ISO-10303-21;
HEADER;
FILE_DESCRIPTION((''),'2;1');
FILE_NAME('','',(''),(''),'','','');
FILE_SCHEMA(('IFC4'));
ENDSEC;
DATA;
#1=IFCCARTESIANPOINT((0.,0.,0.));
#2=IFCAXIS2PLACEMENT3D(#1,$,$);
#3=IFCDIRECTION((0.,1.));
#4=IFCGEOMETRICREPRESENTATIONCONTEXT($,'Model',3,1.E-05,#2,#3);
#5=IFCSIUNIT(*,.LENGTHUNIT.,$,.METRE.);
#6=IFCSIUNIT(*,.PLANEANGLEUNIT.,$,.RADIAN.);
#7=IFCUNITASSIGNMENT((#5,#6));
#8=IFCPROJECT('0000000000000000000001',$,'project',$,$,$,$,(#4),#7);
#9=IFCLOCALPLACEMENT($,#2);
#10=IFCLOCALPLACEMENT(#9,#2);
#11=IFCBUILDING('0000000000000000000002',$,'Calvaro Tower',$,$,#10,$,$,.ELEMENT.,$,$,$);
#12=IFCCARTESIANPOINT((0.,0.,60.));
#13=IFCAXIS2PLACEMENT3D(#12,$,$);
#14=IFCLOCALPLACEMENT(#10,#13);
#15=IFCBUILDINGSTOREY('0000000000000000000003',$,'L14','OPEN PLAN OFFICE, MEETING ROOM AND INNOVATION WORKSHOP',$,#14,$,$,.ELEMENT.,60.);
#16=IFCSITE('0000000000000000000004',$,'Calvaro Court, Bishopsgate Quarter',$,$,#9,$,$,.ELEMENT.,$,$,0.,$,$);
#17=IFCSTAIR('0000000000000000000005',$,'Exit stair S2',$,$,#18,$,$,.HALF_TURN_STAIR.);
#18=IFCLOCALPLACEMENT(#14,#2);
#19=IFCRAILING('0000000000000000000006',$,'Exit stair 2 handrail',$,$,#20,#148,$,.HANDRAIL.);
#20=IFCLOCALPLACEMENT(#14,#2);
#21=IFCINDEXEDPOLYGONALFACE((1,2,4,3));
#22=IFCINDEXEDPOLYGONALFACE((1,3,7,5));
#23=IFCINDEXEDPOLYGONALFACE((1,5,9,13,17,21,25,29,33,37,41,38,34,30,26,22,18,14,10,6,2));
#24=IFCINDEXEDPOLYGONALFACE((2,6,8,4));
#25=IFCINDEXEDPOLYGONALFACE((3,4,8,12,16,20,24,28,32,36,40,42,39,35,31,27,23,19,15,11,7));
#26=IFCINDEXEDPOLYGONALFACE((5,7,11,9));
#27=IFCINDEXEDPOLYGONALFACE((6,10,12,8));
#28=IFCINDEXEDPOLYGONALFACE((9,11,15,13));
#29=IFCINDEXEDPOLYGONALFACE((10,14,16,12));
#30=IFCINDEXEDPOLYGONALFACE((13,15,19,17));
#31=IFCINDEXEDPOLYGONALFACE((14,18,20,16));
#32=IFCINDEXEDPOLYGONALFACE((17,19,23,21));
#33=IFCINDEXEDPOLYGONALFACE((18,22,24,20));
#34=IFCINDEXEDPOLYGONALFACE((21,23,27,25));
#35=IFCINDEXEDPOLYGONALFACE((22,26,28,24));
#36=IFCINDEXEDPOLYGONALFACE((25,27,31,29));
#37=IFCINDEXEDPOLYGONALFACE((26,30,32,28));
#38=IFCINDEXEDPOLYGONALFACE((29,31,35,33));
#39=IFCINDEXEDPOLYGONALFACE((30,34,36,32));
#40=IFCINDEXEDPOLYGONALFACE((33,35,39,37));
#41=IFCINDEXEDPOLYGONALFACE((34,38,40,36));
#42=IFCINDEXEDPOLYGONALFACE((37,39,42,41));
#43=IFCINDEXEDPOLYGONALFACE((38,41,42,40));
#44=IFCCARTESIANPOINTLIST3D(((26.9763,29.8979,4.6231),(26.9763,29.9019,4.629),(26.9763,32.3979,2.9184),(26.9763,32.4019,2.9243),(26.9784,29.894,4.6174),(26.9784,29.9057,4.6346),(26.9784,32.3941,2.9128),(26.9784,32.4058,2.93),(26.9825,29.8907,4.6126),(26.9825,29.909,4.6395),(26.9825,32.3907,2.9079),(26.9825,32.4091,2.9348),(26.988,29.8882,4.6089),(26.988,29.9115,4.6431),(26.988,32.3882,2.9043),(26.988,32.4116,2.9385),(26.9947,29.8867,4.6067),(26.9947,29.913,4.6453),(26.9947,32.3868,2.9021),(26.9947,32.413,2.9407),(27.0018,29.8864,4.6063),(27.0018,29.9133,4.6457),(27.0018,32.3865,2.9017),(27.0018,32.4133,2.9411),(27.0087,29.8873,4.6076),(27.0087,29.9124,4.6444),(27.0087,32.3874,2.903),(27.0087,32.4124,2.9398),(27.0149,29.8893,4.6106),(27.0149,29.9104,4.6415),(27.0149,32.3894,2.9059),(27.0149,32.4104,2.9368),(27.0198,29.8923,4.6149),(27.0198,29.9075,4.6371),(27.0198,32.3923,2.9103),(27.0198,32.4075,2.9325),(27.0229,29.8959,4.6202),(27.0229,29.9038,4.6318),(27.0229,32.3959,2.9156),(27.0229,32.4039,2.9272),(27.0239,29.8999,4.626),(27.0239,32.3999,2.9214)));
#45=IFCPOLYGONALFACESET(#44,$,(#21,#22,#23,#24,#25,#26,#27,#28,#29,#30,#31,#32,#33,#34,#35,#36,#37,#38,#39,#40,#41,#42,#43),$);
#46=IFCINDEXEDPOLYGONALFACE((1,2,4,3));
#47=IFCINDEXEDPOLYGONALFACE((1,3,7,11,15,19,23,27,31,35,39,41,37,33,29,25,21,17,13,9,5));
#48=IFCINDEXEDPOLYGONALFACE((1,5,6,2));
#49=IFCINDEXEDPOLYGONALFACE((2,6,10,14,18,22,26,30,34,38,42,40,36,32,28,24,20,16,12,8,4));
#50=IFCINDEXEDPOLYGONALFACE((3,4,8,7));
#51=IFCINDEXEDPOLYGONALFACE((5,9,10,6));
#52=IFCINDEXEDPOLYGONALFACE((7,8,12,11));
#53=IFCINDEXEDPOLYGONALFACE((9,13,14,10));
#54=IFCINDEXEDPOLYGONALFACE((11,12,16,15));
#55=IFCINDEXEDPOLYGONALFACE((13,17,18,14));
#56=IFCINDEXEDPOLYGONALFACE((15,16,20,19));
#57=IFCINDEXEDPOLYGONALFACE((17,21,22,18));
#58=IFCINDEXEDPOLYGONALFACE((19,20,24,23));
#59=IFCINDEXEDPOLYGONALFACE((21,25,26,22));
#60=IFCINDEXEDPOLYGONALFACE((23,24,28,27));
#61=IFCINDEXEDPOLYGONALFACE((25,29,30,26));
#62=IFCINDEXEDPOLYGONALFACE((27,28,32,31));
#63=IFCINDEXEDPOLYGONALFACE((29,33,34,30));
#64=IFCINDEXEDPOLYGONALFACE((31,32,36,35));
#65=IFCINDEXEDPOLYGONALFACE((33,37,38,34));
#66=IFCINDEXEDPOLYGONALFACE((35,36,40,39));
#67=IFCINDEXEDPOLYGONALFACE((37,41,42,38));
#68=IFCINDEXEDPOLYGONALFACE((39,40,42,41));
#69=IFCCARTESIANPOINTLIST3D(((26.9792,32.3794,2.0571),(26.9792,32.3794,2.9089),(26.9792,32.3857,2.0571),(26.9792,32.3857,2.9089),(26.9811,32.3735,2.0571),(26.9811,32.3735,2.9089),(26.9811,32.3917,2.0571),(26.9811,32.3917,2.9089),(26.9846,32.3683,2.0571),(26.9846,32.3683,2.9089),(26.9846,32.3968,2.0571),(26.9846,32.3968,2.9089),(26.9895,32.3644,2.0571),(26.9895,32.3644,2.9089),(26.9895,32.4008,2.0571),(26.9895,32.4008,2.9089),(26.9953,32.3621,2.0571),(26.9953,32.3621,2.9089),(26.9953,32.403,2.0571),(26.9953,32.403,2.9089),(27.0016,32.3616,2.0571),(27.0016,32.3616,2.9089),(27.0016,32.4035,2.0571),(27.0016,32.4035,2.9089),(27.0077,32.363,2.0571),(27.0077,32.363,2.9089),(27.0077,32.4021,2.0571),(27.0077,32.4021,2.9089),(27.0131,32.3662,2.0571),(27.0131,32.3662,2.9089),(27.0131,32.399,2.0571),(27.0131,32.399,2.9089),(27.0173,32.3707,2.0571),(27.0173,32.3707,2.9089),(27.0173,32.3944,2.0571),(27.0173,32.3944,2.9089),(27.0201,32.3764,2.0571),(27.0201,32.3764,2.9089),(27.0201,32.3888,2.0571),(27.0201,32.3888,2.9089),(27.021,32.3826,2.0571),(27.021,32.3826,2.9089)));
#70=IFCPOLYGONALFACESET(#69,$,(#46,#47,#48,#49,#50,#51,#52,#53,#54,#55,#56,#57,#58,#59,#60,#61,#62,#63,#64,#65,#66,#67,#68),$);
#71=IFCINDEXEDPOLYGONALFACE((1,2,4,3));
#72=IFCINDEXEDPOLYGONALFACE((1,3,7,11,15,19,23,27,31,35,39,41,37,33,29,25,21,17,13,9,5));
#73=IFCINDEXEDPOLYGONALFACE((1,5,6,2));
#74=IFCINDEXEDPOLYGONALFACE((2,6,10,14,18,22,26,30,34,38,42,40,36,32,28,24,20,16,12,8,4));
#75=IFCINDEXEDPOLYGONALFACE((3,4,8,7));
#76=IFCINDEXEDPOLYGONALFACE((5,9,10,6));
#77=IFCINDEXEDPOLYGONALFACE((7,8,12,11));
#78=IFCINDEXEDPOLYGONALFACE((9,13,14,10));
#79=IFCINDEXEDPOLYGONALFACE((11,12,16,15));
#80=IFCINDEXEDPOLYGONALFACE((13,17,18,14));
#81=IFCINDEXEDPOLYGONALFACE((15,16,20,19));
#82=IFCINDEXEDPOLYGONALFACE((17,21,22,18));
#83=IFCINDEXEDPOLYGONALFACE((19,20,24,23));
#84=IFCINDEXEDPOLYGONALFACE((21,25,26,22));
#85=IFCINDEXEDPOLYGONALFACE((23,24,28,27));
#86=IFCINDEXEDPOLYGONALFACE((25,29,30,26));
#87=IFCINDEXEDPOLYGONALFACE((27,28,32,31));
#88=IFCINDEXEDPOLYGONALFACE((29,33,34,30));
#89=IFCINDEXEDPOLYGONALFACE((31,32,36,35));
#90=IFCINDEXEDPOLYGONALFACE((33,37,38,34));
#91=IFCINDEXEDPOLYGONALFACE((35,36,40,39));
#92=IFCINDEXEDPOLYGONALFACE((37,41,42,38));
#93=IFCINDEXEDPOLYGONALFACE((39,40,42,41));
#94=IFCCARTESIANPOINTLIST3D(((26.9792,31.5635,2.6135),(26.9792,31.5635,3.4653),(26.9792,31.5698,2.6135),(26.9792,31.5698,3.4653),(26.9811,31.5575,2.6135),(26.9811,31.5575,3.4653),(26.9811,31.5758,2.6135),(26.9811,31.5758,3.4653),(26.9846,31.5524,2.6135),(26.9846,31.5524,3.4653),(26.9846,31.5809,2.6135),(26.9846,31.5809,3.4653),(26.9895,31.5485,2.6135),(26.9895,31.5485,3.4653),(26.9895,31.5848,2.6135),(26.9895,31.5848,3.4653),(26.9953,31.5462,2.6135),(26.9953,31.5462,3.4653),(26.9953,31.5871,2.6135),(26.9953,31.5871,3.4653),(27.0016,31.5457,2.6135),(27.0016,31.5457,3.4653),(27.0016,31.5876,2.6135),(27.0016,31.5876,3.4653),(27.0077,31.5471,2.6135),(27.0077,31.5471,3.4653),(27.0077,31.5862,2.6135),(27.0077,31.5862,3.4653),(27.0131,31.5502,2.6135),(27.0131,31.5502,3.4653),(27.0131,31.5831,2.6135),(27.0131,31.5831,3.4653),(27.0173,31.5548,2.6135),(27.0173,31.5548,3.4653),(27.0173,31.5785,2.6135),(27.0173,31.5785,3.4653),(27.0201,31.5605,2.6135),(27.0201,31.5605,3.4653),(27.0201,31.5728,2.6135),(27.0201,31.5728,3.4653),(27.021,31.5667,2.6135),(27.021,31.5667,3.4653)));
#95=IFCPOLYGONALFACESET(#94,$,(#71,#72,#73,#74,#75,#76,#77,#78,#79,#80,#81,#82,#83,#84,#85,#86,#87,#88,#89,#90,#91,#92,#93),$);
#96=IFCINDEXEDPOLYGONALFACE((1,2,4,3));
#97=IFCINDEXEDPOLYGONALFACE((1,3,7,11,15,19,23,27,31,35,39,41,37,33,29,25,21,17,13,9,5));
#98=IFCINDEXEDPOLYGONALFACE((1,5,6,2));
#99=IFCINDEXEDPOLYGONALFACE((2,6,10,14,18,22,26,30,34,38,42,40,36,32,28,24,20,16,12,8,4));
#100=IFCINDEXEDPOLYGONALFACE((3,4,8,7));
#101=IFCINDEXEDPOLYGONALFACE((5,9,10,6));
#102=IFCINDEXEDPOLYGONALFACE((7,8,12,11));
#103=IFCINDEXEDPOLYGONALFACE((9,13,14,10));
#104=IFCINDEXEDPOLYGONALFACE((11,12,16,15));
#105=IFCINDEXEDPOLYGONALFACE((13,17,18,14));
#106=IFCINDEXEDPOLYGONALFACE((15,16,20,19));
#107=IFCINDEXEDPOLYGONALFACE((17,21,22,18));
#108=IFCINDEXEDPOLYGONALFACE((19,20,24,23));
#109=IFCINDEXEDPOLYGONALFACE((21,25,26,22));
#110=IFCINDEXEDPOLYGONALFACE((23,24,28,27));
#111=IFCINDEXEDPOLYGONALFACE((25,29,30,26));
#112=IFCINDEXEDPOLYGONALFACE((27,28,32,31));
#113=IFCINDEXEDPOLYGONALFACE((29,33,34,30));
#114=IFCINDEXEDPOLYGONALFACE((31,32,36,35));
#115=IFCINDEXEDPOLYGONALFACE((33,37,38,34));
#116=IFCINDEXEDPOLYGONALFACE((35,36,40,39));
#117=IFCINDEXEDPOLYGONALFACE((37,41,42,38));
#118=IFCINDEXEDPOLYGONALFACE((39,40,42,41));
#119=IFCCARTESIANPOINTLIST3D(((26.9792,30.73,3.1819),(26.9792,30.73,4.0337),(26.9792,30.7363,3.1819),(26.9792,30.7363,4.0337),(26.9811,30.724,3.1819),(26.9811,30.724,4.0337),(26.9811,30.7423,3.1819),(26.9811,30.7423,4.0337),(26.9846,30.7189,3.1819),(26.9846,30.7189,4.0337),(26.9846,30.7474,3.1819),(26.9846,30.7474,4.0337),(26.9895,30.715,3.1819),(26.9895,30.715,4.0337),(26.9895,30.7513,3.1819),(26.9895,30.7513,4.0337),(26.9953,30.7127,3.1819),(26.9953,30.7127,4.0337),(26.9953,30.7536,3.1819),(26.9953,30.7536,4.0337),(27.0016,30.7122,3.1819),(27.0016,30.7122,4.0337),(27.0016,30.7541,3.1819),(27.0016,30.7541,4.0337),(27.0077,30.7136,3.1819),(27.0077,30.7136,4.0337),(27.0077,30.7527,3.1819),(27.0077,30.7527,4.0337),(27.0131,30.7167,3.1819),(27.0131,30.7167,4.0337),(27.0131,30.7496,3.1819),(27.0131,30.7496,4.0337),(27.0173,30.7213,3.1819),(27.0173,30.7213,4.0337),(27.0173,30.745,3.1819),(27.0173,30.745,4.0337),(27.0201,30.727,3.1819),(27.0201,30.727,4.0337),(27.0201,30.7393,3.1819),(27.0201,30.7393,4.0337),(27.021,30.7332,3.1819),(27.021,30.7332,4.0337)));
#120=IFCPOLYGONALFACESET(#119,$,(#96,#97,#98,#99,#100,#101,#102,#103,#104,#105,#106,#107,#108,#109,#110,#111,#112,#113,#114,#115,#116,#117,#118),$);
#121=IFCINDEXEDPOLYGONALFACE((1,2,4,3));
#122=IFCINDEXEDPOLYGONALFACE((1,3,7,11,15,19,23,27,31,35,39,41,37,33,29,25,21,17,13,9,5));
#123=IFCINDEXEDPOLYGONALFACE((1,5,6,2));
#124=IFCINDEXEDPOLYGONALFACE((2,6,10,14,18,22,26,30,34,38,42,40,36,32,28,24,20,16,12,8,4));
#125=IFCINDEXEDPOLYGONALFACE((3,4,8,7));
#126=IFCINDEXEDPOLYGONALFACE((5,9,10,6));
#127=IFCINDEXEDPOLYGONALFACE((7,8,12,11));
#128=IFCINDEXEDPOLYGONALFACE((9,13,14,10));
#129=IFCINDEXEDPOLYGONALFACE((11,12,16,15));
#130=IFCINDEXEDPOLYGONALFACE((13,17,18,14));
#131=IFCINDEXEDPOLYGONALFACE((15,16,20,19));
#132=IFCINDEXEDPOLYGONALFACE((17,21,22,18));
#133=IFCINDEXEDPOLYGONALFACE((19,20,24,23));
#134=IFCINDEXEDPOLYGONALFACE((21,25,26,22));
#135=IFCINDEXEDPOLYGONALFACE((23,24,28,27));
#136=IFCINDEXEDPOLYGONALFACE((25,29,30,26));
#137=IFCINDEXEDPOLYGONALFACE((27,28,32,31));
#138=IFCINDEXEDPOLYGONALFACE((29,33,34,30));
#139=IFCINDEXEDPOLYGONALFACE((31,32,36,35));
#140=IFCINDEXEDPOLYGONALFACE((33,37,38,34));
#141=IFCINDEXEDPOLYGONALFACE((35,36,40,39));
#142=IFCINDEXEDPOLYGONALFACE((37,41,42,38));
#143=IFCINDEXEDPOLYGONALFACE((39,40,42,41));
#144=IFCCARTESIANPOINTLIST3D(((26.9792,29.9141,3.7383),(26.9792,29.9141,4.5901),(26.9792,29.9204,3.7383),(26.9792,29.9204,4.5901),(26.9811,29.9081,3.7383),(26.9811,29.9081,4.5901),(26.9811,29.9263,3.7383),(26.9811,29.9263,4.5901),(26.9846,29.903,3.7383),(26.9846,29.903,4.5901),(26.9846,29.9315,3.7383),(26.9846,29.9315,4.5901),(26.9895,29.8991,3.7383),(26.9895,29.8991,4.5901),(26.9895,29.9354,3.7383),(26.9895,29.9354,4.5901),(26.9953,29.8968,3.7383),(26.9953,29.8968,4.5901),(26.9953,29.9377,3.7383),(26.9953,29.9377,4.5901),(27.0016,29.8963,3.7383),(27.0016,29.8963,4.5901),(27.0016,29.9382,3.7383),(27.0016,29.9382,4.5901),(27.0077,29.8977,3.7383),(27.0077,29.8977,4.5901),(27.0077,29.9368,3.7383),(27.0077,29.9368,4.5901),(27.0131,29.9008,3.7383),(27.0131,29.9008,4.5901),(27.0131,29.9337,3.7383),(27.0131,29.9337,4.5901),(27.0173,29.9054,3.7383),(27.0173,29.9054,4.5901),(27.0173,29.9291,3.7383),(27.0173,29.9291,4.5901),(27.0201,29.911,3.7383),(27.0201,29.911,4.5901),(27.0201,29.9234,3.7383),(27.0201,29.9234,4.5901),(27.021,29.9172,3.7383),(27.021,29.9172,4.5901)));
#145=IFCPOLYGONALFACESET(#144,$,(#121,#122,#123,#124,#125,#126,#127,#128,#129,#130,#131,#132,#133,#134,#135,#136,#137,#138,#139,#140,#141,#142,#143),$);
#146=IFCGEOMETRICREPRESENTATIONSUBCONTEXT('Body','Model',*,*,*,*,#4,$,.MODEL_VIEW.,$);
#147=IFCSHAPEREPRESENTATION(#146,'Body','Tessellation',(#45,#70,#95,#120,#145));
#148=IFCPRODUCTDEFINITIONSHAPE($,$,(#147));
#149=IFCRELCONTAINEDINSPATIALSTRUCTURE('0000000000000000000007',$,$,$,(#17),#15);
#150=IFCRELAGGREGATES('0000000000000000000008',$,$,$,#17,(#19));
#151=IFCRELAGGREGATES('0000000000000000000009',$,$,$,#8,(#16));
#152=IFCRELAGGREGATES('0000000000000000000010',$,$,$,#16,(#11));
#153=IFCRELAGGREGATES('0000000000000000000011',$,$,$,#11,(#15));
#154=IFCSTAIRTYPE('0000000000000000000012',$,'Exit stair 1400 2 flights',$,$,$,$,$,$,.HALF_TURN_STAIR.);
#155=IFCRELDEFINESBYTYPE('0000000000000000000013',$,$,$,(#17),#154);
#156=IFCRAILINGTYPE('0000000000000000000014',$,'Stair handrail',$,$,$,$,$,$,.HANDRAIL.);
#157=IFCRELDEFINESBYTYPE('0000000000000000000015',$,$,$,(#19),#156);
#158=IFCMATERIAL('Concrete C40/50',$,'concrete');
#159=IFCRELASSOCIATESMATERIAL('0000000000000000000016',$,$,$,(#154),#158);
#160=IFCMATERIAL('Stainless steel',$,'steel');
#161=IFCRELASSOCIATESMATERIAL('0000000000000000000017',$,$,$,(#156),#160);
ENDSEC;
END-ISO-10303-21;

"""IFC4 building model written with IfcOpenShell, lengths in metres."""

from ifc_helpers import new_model, si_unit, direction, frame, origin, origin_2d, place, context, subcontext, project, spatial, circle, extrude, material, type_object, element, aggregate, save


model = new_model("IFC4")

# Units and contexts
model_context = context("Model", 3, precision=1e-05, world=origin(), true_north=direction((0.0, 1.0)))
body_context = subcontext(model_context, "Body", "Model", "MODEL_VIEW")
ifc_project = project(units=[si_unit("LENGTHUNIT", "METRE"), si_unit("PLANEANGLEUNIT", "RADIAN")], contexts=[model_context])

# Site, building, storey
site_placement = place(None, origin())
site = spatial("IfcSite", under=ifc_project, at=site_placement, Name="Calvaro Court, Bishopsgate Quarter", CompositionType="ELEMENT", RefElevation=0.0)
building_placement = place(site_placement, origin())
building = spatial("IfcBuilding", under=site, at=building_placement, Name="Calvaro Tower", CompositionType="ELEMENT")
storey_placement = place(building_placement, frame((0.0, 0.0, 60.0)))
storey = spatial("IfcBuildingStorey", under=building, at=storey_placement, Name="L14", Description="OPEN PLAN OFFICE, MEETING ROOM AND INNOVATION WORKSHOP", CompositionType="ELEMENT", Elevation=60.0)

# Stair, railing
ifc_material_1 = material(Name="Concrete C40/50", Category="concrete")
stair_type = type_object("IfcStairType", Name="Exit stair 1400 2 flights", PredefinedType="HALF_TURN_STAIR", material=ifc_material_1)
stair_placement = place(storey_placement, origin())
stair = element("IfcStair", 1, at=stair_placement, inside=storey, type_object=stair_type, Name="Exit stair S2", PredefinedType="HALF_TURN_STAIR")
ifc_material_2 = material(Name="Stainless steel", Category="steel")
railing_type = type_object("IfcRailingType", Name="Stair handrail", PredefinedType="HANDRAIL", material=ifc_material_2)
railing_1_placement = place(storey_placement, frame((27.0, 32.3999, 2.0454)))
railing_1 = element("IfcRailing", 2, at=railing_1_placement, type_object=railing_type, Name="Exit stair 2 handrail", PredefinedType="HANDRAIL", context=body_context, shape_type="SweptSolid", body=[
    extrude(circle(Radius=0.0239, at=origin_2d()), frame((0.0, 0.0, 0.876), z_axis=(0.0, -0.826221, 0.563347), x_axis=(1.0, 0.0, 0.0)), (0.0, 0.0, 1.0), 3.0259),
    extrude(circle(Radius=0.021, at=origin_2d()), frame((0.0, -0.0173, 0.0117)), (0.0, 0.0, 1.0), 0.8518),
    extrude(circle(Radius=0.021, at=origin_2d()), frame((0.0, -0.8333, 0.5681)), (0.0, 0.0, 1.0), 0.8518),
    extrude(circle(Radius=0.021, at=origin_2d()), frame((0.0, -1.6667, 1.1365)), (0.0, 0.0, 1.0), 0.8518),
    extrude(circle(Radius=0.021, at=origin_2d()), frame((0.0, -2.4827, 1.6929)), (0.0, 0.0, 1.0), 0.8518),
])
aggregate(stair, [railing_1])

save(model, "model.ifc")
